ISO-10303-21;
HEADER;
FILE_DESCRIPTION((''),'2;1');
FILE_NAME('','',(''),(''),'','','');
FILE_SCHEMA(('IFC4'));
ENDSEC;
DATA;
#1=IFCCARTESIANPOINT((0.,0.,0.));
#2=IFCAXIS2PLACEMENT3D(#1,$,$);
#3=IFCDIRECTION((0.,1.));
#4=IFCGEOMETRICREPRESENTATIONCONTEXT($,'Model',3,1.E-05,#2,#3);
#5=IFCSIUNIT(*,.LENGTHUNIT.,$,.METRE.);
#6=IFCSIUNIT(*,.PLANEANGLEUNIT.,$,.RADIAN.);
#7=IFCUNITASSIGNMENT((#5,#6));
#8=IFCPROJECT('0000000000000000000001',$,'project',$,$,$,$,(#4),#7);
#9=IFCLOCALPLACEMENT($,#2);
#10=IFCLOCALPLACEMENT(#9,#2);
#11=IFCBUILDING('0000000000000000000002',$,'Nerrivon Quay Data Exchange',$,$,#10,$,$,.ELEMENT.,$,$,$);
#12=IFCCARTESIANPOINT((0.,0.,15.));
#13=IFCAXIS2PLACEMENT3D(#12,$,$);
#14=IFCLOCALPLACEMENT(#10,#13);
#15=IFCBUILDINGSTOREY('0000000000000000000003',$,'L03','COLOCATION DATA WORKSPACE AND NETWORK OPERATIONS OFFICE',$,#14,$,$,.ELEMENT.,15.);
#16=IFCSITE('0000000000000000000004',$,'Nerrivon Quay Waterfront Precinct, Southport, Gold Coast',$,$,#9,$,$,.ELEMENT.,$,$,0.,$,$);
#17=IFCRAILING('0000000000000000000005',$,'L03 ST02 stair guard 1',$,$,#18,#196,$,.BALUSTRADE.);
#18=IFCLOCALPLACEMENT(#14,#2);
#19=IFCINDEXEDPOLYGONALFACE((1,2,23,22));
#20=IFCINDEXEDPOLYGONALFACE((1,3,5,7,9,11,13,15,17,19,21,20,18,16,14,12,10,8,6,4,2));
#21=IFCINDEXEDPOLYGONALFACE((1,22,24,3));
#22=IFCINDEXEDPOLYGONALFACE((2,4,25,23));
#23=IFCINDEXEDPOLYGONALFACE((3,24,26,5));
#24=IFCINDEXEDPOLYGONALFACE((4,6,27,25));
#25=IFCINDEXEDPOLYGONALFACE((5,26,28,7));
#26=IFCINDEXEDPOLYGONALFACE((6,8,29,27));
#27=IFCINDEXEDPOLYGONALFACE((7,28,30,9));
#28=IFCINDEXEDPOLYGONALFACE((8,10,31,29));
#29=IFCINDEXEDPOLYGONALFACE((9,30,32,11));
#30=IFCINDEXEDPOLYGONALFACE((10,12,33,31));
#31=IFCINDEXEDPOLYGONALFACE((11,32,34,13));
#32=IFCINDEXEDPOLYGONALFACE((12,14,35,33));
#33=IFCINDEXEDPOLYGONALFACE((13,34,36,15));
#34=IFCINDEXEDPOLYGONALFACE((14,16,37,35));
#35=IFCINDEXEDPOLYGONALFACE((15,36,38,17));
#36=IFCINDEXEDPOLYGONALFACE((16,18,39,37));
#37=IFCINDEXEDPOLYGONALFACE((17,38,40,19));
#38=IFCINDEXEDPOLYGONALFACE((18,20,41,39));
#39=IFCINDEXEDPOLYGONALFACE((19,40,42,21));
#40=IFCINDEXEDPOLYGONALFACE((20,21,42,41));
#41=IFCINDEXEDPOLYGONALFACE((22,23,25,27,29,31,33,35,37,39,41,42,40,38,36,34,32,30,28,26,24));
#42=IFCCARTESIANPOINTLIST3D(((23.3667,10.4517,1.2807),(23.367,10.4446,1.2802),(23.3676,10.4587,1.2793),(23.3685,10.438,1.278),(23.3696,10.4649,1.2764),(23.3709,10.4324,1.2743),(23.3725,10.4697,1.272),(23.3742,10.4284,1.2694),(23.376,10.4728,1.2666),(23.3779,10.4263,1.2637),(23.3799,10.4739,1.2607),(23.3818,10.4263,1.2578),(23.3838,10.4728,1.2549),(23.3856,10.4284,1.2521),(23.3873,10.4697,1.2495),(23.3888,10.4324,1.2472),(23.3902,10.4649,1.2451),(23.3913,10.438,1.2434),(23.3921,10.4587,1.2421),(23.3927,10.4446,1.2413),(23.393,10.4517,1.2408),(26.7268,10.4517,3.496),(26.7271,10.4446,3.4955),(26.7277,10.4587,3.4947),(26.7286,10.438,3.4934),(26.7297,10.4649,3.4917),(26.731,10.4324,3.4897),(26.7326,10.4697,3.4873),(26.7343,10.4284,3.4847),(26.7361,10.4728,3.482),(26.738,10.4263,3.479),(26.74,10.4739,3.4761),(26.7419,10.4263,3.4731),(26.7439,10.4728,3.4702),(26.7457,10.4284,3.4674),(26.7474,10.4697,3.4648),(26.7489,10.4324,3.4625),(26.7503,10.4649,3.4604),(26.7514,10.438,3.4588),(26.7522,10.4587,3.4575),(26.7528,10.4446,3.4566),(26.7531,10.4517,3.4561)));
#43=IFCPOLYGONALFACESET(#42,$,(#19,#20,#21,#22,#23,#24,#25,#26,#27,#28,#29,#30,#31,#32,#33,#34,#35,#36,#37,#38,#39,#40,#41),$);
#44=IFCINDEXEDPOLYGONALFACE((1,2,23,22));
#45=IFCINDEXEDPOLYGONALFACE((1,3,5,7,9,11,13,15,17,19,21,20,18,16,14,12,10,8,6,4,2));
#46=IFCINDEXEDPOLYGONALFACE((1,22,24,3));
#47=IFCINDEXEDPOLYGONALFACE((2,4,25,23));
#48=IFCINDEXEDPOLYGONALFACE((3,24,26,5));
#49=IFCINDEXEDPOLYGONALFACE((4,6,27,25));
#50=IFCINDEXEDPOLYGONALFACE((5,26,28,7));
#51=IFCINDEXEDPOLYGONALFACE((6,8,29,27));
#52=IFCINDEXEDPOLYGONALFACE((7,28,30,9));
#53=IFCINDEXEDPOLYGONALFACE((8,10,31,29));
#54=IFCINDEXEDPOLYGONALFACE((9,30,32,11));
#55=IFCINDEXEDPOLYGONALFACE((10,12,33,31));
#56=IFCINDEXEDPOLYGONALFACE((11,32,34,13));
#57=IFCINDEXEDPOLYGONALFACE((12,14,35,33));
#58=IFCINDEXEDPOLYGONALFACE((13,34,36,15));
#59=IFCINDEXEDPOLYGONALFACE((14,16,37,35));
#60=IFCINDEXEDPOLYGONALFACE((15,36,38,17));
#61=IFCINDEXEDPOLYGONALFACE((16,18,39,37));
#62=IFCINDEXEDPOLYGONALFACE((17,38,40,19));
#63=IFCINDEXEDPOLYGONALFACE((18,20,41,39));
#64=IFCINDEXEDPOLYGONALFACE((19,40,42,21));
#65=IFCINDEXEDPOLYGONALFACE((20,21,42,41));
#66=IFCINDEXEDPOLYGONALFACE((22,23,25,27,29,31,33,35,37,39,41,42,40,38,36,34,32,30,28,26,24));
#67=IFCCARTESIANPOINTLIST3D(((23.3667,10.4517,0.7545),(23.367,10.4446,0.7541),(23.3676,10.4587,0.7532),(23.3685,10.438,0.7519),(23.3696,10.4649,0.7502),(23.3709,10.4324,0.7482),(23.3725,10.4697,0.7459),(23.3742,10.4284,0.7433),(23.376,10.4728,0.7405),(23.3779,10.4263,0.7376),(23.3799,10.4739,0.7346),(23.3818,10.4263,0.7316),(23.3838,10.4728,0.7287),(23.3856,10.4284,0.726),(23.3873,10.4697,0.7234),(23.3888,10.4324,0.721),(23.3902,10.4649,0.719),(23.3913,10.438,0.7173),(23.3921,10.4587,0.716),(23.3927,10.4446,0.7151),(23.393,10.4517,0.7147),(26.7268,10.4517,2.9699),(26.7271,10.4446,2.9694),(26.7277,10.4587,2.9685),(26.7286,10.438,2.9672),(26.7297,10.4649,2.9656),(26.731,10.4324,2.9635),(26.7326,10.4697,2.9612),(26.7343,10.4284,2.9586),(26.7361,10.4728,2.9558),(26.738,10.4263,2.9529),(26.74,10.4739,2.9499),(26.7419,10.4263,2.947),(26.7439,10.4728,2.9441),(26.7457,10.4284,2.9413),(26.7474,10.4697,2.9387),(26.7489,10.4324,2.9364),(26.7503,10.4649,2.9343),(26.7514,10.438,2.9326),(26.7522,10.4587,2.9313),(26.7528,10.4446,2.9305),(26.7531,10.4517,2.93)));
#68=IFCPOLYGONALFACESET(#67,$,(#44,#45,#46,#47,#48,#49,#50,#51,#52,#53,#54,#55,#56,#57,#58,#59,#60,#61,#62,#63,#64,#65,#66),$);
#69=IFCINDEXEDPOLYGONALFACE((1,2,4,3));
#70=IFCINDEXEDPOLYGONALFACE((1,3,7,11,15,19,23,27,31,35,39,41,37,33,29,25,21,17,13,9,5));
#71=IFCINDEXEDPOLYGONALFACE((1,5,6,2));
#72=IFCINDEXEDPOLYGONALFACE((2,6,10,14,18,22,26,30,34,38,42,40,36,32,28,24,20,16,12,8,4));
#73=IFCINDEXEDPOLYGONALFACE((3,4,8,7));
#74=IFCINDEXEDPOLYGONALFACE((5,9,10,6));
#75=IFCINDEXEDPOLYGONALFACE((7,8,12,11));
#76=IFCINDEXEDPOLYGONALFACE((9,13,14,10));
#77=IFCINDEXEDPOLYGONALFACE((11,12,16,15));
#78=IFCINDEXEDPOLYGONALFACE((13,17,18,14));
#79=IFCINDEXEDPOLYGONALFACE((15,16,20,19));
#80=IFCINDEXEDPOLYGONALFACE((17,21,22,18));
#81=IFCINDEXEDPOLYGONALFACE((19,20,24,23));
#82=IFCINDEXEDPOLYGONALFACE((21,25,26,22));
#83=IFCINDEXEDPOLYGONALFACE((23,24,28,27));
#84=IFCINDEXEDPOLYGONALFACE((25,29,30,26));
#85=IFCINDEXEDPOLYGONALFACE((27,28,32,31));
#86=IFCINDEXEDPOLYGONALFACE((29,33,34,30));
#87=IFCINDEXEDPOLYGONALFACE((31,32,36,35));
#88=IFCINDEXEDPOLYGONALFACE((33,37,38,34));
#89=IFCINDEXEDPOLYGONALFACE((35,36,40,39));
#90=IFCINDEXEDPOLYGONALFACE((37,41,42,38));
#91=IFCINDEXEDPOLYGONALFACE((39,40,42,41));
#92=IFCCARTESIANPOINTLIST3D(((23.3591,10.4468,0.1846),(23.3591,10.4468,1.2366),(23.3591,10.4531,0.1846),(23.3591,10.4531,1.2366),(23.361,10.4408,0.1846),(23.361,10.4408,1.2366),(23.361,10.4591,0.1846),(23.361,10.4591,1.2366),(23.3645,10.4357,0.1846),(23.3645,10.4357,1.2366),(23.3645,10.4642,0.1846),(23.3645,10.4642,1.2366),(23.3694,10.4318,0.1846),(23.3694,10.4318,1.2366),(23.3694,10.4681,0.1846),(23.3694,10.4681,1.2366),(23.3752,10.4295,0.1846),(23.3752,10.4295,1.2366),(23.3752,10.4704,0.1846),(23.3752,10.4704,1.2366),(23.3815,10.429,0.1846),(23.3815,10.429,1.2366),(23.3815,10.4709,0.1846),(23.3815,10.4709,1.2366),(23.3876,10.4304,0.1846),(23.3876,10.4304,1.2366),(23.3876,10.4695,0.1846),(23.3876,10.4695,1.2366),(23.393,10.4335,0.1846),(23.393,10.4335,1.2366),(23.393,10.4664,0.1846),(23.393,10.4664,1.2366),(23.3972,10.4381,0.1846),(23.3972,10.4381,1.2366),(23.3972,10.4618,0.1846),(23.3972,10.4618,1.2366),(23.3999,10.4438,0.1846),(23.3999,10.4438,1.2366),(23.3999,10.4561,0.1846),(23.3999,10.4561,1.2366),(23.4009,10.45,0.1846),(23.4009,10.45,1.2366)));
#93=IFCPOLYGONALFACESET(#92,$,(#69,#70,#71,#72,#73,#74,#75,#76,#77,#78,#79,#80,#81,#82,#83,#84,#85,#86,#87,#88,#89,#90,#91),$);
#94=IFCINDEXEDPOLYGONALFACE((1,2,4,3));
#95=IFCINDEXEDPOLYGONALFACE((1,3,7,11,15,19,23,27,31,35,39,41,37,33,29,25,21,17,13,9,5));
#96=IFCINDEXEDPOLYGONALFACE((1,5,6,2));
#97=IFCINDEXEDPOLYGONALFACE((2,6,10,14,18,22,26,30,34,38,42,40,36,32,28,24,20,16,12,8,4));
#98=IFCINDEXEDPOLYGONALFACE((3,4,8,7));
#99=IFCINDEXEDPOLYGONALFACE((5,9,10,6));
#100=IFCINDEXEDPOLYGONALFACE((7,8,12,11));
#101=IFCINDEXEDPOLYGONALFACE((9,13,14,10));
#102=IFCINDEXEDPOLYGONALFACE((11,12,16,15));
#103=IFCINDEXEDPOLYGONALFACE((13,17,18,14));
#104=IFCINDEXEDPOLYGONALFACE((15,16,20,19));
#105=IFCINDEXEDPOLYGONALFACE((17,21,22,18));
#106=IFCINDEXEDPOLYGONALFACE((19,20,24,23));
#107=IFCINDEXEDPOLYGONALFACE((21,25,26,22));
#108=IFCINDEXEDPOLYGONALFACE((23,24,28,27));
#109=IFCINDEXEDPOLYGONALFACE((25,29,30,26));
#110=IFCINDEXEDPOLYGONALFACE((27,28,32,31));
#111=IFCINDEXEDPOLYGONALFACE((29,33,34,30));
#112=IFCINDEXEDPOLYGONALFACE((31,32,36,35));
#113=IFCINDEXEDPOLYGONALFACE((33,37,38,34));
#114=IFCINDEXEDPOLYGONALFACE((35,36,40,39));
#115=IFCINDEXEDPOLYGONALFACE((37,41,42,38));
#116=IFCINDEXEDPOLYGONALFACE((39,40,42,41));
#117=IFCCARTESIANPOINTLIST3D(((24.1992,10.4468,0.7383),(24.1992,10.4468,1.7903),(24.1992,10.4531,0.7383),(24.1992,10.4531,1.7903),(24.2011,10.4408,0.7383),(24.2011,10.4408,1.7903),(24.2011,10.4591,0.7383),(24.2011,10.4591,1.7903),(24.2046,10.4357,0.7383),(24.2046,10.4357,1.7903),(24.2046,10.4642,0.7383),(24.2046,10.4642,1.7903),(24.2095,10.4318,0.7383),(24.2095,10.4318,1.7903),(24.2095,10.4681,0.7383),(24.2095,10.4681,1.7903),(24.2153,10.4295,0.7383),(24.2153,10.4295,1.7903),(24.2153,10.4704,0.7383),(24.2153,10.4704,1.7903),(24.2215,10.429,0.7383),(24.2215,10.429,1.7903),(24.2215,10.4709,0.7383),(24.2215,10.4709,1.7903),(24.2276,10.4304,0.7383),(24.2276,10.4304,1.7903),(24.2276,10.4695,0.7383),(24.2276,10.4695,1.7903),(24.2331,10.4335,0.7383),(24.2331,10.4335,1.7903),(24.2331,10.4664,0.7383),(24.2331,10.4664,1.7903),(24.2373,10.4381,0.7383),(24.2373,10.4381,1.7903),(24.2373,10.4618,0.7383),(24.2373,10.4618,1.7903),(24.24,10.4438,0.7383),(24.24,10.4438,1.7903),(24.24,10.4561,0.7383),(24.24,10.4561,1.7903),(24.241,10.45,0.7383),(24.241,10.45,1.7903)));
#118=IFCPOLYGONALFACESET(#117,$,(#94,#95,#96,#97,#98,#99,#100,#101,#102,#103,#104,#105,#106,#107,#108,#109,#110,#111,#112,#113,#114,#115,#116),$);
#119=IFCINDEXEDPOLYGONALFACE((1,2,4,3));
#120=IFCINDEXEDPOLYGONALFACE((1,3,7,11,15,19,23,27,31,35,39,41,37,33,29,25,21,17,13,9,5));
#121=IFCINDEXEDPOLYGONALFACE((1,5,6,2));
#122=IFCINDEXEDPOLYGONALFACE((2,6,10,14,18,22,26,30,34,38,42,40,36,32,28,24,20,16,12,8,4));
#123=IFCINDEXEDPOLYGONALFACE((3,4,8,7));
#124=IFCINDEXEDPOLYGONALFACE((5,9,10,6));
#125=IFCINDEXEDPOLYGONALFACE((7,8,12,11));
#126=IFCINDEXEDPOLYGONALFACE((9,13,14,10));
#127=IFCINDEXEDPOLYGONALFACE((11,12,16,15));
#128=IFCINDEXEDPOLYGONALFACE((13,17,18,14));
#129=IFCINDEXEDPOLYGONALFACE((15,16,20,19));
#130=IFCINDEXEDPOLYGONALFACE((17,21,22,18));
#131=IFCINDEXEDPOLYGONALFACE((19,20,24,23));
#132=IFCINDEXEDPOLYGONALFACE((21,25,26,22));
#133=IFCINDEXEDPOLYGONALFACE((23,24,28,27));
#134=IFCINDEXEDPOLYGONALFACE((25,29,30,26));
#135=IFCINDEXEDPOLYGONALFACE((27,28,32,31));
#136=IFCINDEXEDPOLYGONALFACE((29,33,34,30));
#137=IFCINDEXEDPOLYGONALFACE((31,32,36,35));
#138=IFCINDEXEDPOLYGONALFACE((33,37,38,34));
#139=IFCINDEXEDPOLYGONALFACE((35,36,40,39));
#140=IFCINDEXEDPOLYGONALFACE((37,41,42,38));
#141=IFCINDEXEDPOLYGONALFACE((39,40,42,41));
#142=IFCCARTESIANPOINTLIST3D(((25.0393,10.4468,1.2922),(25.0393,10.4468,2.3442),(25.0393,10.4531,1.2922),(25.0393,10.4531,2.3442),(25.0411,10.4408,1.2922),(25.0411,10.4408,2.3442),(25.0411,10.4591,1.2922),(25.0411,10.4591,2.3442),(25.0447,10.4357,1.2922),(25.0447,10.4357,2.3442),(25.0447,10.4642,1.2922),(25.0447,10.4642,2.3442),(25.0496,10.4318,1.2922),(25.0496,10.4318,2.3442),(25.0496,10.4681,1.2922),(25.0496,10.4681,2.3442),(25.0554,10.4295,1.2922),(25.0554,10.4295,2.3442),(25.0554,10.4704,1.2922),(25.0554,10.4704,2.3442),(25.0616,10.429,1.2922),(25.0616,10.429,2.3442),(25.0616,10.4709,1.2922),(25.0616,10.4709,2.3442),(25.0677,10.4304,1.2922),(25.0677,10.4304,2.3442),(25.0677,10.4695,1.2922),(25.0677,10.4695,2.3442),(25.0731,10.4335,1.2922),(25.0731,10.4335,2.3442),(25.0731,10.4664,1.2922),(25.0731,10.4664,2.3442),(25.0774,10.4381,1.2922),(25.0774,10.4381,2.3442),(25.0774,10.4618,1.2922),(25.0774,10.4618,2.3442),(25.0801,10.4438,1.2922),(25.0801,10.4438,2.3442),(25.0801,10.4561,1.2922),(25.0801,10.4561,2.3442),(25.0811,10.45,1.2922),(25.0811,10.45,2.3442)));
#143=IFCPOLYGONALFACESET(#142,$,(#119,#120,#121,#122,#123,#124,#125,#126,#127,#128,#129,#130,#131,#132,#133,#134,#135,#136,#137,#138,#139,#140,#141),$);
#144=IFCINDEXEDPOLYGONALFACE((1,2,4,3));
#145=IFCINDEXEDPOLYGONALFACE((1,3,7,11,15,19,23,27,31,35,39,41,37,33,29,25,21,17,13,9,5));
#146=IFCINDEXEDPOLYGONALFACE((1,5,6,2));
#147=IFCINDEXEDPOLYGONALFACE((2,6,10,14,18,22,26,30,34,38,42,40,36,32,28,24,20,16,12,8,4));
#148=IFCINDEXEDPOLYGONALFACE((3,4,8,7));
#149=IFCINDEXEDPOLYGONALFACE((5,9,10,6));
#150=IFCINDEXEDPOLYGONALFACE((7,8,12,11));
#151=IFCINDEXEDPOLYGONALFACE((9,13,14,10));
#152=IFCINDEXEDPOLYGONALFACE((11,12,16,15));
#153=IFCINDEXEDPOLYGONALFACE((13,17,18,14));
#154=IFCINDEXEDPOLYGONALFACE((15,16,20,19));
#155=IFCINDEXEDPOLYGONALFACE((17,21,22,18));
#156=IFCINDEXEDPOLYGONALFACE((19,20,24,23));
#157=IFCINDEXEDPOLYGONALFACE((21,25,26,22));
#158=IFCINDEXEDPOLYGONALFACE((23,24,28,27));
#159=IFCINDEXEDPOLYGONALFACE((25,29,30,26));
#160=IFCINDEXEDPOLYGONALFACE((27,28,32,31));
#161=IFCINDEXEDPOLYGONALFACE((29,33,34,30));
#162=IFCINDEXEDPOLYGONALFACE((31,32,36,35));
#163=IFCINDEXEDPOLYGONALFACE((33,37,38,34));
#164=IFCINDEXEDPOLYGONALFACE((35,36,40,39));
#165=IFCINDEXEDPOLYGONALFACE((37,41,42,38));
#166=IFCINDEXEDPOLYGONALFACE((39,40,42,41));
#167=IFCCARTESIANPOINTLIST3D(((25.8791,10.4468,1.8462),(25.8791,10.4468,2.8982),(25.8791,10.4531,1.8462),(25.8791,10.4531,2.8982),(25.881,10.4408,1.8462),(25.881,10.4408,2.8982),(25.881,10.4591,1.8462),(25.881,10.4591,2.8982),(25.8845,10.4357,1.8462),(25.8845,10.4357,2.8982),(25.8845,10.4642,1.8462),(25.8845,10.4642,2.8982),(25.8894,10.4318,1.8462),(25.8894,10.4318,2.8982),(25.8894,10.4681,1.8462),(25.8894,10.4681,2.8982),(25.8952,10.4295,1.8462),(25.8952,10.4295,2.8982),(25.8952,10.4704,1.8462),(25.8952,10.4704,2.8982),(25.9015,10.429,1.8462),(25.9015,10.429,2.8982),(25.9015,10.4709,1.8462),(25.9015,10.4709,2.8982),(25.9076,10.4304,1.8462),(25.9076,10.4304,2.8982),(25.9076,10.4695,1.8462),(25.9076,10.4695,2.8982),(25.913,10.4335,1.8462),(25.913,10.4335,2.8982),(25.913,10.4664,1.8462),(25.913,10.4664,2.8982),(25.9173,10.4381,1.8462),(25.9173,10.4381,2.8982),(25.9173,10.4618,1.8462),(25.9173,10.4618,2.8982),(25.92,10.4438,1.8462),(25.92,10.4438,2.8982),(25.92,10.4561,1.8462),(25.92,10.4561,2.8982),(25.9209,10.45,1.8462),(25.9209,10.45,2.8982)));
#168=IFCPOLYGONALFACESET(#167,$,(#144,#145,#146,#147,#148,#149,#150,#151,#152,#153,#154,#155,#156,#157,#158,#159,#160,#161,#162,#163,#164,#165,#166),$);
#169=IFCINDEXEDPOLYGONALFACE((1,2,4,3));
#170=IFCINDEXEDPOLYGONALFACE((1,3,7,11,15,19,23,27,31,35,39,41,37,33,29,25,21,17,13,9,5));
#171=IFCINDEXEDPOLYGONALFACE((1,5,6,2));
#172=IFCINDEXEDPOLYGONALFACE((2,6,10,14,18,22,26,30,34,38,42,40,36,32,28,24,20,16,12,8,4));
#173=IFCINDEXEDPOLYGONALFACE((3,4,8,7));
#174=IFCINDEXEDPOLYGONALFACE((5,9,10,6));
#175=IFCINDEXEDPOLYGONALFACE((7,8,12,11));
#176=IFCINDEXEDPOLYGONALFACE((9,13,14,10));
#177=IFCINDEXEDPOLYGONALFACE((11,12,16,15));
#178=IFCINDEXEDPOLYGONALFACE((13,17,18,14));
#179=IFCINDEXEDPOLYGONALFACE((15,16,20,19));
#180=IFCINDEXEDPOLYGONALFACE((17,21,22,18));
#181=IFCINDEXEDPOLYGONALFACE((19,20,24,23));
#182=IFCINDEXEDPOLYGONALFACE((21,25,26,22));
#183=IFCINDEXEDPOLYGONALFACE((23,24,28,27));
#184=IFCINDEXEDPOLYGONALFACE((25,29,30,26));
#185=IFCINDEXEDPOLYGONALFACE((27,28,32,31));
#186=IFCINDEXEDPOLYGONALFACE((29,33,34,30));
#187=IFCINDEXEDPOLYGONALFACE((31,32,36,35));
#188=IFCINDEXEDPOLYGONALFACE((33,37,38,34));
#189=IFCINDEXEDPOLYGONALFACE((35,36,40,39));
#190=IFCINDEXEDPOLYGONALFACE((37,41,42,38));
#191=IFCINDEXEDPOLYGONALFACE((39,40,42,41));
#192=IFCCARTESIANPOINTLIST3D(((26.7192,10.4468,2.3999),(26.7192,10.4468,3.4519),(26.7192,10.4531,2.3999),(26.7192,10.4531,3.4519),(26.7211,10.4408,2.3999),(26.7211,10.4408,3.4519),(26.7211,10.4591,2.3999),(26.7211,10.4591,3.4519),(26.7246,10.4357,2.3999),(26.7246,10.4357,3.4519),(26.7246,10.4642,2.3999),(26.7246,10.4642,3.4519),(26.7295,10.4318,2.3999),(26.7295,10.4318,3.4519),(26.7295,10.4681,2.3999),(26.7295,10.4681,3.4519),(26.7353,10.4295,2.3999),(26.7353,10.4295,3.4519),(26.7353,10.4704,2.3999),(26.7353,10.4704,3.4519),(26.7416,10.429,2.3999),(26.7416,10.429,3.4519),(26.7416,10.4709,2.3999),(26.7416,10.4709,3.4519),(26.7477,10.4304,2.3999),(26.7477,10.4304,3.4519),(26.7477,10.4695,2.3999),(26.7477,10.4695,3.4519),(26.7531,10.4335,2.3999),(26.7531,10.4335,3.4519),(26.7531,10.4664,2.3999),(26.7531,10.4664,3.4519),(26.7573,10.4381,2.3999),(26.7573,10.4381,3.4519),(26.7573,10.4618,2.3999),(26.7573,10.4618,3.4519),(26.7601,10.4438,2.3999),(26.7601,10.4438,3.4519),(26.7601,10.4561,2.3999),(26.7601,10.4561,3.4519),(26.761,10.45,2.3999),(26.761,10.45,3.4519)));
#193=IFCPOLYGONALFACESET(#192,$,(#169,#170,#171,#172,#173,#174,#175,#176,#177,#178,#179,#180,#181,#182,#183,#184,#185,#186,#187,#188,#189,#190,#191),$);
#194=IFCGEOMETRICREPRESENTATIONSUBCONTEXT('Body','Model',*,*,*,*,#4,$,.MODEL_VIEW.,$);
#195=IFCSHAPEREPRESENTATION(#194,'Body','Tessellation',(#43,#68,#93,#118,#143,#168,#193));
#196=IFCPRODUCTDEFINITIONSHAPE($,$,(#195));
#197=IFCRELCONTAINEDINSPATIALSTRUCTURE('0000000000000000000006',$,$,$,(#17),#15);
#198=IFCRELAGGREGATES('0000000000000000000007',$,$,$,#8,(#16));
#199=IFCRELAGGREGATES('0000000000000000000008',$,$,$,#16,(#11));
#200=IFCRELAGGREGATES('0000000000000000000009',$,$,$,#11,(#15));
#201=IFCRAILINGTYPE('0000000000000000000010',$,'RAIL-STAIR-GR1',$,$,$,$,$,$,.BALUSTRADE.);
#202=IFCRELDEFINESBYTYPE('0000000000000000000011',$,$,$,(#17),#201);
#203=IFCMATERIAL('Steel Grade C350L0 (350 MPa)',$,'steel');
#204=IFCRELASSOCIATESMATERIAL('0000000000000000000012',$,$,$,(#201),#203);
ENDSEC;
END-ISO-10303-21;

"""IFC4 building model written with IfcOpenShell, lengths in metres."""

from ifc_helpers import new_model, si_unit, direction, frame, origin, origin_2d, place, context, subcontext, project, spatial, circle, extrude, material, type_object, element, save


model = new_model("IFC4")

# Units and contexts
model_context = context("Model", 3, precision=1e-05, world=origin(), true_north=direction((0.0, 1.0)))
body_context = subcontext(model_context, "Body", "Model", "MODEL_VIEW")
ifc_project = project(units=[si_unit("LENGTHUNIT", "METRE"), si_unit("PLANEANGLEUNIT", "RADIAN")], contexts=[model_context])

# Site, building, storey
site_placement = place(None, origin())
site = spatial("IfcSite", under=ifc_project, at=site_placement, Name="Nerrivon Quay Waterfront Precinct, Southport, Gold Coast", CompositionType="ELEMENT", RefElevation=0.0)
building_placement = place(site_placement, origin())
building = spatial("IfcBuilding", under=site, at=building_placement, Name="Nerrivon Quay Data Exchange", CompositionType="ELEMENT")
storey_placement = place(building_placement, frame((0.0, 0.0, 15.0)))
storey = spatial("IfcBuildingStorey", under=building, at=storey_placement, Name="L03", Description="COLOCATION DATA WORKSPACE AND NETWORK OPERATIONS OFFICE", CompositionType="ELEMENT", Elevation=15.0)

# Railing
ifc_material_1 = material(Name="Steel Grade C350L0 (350 MPa)", Category="steel")
railing_type_1 = type_object("IfcRailingType", Name="RAIL-STAIR-GR1", PredefinedType="BALUSTRADE", material=ifc_material_1)
railing_1_placement = place(storey_placement, frame((23.3799, 10.45, 0.1846)))
element("IfcRailing", 1, at=railing_1_placement, inside=storey, type_object=railing_type_1, Name="L03 ST02 stair guard 1", PredefinedType="BALUSTRADE", context=body_context, shape_type="SweptSolid", body=[
    extrude(circle(Radius=0.0239, at=origin_2d()), frame((0.0, 0.0, 1.0762), z_axis=(0.834876, 0.0, 0.550437), x_axis=(0.0, 1.0, 0.0)), (0.0, 0.0, 1.0), 4.0247),
    extrude(circle(Radius=0.0239, at=origin_2d()), frame((0.0, 0.0, 0.55), z_axis=(0.834876, 0.0, 0.550437), x_axis=(0.0, 1.0, 0.0)), (0.0, 0.0, 1.0), 4.0247),
    extrude(circle(Radius=0.021, at=origin_2d()), origin(), (0.0, 0.0, 1.0), 1.052),
    extrude(circle(Radius=0.021, at=origin_2d()), frame((0.8401, 0.0, 0.5537)), (0.0, 0.0, 1.0), 1.052),
    extrude(circle(Radius=0.021, at=origin_2d()), frame((1.6802, 0.0, 1.1077)), (0.0, 0.0, 1.0), 1.052),
    extrude(circle(Radius=0.021, at=origin_2d()), frame((2.52, 0.0, 1.6616)), (0.0, 0.0, 1.0), 1.052),
    extrude(circle(Radius=0.021, at=origin_2d()), frame((3.3601, 0.0, 2.2153)), (0.0, 0.0, 1.0), 1.052),
])

save(model, "model.ifc")
